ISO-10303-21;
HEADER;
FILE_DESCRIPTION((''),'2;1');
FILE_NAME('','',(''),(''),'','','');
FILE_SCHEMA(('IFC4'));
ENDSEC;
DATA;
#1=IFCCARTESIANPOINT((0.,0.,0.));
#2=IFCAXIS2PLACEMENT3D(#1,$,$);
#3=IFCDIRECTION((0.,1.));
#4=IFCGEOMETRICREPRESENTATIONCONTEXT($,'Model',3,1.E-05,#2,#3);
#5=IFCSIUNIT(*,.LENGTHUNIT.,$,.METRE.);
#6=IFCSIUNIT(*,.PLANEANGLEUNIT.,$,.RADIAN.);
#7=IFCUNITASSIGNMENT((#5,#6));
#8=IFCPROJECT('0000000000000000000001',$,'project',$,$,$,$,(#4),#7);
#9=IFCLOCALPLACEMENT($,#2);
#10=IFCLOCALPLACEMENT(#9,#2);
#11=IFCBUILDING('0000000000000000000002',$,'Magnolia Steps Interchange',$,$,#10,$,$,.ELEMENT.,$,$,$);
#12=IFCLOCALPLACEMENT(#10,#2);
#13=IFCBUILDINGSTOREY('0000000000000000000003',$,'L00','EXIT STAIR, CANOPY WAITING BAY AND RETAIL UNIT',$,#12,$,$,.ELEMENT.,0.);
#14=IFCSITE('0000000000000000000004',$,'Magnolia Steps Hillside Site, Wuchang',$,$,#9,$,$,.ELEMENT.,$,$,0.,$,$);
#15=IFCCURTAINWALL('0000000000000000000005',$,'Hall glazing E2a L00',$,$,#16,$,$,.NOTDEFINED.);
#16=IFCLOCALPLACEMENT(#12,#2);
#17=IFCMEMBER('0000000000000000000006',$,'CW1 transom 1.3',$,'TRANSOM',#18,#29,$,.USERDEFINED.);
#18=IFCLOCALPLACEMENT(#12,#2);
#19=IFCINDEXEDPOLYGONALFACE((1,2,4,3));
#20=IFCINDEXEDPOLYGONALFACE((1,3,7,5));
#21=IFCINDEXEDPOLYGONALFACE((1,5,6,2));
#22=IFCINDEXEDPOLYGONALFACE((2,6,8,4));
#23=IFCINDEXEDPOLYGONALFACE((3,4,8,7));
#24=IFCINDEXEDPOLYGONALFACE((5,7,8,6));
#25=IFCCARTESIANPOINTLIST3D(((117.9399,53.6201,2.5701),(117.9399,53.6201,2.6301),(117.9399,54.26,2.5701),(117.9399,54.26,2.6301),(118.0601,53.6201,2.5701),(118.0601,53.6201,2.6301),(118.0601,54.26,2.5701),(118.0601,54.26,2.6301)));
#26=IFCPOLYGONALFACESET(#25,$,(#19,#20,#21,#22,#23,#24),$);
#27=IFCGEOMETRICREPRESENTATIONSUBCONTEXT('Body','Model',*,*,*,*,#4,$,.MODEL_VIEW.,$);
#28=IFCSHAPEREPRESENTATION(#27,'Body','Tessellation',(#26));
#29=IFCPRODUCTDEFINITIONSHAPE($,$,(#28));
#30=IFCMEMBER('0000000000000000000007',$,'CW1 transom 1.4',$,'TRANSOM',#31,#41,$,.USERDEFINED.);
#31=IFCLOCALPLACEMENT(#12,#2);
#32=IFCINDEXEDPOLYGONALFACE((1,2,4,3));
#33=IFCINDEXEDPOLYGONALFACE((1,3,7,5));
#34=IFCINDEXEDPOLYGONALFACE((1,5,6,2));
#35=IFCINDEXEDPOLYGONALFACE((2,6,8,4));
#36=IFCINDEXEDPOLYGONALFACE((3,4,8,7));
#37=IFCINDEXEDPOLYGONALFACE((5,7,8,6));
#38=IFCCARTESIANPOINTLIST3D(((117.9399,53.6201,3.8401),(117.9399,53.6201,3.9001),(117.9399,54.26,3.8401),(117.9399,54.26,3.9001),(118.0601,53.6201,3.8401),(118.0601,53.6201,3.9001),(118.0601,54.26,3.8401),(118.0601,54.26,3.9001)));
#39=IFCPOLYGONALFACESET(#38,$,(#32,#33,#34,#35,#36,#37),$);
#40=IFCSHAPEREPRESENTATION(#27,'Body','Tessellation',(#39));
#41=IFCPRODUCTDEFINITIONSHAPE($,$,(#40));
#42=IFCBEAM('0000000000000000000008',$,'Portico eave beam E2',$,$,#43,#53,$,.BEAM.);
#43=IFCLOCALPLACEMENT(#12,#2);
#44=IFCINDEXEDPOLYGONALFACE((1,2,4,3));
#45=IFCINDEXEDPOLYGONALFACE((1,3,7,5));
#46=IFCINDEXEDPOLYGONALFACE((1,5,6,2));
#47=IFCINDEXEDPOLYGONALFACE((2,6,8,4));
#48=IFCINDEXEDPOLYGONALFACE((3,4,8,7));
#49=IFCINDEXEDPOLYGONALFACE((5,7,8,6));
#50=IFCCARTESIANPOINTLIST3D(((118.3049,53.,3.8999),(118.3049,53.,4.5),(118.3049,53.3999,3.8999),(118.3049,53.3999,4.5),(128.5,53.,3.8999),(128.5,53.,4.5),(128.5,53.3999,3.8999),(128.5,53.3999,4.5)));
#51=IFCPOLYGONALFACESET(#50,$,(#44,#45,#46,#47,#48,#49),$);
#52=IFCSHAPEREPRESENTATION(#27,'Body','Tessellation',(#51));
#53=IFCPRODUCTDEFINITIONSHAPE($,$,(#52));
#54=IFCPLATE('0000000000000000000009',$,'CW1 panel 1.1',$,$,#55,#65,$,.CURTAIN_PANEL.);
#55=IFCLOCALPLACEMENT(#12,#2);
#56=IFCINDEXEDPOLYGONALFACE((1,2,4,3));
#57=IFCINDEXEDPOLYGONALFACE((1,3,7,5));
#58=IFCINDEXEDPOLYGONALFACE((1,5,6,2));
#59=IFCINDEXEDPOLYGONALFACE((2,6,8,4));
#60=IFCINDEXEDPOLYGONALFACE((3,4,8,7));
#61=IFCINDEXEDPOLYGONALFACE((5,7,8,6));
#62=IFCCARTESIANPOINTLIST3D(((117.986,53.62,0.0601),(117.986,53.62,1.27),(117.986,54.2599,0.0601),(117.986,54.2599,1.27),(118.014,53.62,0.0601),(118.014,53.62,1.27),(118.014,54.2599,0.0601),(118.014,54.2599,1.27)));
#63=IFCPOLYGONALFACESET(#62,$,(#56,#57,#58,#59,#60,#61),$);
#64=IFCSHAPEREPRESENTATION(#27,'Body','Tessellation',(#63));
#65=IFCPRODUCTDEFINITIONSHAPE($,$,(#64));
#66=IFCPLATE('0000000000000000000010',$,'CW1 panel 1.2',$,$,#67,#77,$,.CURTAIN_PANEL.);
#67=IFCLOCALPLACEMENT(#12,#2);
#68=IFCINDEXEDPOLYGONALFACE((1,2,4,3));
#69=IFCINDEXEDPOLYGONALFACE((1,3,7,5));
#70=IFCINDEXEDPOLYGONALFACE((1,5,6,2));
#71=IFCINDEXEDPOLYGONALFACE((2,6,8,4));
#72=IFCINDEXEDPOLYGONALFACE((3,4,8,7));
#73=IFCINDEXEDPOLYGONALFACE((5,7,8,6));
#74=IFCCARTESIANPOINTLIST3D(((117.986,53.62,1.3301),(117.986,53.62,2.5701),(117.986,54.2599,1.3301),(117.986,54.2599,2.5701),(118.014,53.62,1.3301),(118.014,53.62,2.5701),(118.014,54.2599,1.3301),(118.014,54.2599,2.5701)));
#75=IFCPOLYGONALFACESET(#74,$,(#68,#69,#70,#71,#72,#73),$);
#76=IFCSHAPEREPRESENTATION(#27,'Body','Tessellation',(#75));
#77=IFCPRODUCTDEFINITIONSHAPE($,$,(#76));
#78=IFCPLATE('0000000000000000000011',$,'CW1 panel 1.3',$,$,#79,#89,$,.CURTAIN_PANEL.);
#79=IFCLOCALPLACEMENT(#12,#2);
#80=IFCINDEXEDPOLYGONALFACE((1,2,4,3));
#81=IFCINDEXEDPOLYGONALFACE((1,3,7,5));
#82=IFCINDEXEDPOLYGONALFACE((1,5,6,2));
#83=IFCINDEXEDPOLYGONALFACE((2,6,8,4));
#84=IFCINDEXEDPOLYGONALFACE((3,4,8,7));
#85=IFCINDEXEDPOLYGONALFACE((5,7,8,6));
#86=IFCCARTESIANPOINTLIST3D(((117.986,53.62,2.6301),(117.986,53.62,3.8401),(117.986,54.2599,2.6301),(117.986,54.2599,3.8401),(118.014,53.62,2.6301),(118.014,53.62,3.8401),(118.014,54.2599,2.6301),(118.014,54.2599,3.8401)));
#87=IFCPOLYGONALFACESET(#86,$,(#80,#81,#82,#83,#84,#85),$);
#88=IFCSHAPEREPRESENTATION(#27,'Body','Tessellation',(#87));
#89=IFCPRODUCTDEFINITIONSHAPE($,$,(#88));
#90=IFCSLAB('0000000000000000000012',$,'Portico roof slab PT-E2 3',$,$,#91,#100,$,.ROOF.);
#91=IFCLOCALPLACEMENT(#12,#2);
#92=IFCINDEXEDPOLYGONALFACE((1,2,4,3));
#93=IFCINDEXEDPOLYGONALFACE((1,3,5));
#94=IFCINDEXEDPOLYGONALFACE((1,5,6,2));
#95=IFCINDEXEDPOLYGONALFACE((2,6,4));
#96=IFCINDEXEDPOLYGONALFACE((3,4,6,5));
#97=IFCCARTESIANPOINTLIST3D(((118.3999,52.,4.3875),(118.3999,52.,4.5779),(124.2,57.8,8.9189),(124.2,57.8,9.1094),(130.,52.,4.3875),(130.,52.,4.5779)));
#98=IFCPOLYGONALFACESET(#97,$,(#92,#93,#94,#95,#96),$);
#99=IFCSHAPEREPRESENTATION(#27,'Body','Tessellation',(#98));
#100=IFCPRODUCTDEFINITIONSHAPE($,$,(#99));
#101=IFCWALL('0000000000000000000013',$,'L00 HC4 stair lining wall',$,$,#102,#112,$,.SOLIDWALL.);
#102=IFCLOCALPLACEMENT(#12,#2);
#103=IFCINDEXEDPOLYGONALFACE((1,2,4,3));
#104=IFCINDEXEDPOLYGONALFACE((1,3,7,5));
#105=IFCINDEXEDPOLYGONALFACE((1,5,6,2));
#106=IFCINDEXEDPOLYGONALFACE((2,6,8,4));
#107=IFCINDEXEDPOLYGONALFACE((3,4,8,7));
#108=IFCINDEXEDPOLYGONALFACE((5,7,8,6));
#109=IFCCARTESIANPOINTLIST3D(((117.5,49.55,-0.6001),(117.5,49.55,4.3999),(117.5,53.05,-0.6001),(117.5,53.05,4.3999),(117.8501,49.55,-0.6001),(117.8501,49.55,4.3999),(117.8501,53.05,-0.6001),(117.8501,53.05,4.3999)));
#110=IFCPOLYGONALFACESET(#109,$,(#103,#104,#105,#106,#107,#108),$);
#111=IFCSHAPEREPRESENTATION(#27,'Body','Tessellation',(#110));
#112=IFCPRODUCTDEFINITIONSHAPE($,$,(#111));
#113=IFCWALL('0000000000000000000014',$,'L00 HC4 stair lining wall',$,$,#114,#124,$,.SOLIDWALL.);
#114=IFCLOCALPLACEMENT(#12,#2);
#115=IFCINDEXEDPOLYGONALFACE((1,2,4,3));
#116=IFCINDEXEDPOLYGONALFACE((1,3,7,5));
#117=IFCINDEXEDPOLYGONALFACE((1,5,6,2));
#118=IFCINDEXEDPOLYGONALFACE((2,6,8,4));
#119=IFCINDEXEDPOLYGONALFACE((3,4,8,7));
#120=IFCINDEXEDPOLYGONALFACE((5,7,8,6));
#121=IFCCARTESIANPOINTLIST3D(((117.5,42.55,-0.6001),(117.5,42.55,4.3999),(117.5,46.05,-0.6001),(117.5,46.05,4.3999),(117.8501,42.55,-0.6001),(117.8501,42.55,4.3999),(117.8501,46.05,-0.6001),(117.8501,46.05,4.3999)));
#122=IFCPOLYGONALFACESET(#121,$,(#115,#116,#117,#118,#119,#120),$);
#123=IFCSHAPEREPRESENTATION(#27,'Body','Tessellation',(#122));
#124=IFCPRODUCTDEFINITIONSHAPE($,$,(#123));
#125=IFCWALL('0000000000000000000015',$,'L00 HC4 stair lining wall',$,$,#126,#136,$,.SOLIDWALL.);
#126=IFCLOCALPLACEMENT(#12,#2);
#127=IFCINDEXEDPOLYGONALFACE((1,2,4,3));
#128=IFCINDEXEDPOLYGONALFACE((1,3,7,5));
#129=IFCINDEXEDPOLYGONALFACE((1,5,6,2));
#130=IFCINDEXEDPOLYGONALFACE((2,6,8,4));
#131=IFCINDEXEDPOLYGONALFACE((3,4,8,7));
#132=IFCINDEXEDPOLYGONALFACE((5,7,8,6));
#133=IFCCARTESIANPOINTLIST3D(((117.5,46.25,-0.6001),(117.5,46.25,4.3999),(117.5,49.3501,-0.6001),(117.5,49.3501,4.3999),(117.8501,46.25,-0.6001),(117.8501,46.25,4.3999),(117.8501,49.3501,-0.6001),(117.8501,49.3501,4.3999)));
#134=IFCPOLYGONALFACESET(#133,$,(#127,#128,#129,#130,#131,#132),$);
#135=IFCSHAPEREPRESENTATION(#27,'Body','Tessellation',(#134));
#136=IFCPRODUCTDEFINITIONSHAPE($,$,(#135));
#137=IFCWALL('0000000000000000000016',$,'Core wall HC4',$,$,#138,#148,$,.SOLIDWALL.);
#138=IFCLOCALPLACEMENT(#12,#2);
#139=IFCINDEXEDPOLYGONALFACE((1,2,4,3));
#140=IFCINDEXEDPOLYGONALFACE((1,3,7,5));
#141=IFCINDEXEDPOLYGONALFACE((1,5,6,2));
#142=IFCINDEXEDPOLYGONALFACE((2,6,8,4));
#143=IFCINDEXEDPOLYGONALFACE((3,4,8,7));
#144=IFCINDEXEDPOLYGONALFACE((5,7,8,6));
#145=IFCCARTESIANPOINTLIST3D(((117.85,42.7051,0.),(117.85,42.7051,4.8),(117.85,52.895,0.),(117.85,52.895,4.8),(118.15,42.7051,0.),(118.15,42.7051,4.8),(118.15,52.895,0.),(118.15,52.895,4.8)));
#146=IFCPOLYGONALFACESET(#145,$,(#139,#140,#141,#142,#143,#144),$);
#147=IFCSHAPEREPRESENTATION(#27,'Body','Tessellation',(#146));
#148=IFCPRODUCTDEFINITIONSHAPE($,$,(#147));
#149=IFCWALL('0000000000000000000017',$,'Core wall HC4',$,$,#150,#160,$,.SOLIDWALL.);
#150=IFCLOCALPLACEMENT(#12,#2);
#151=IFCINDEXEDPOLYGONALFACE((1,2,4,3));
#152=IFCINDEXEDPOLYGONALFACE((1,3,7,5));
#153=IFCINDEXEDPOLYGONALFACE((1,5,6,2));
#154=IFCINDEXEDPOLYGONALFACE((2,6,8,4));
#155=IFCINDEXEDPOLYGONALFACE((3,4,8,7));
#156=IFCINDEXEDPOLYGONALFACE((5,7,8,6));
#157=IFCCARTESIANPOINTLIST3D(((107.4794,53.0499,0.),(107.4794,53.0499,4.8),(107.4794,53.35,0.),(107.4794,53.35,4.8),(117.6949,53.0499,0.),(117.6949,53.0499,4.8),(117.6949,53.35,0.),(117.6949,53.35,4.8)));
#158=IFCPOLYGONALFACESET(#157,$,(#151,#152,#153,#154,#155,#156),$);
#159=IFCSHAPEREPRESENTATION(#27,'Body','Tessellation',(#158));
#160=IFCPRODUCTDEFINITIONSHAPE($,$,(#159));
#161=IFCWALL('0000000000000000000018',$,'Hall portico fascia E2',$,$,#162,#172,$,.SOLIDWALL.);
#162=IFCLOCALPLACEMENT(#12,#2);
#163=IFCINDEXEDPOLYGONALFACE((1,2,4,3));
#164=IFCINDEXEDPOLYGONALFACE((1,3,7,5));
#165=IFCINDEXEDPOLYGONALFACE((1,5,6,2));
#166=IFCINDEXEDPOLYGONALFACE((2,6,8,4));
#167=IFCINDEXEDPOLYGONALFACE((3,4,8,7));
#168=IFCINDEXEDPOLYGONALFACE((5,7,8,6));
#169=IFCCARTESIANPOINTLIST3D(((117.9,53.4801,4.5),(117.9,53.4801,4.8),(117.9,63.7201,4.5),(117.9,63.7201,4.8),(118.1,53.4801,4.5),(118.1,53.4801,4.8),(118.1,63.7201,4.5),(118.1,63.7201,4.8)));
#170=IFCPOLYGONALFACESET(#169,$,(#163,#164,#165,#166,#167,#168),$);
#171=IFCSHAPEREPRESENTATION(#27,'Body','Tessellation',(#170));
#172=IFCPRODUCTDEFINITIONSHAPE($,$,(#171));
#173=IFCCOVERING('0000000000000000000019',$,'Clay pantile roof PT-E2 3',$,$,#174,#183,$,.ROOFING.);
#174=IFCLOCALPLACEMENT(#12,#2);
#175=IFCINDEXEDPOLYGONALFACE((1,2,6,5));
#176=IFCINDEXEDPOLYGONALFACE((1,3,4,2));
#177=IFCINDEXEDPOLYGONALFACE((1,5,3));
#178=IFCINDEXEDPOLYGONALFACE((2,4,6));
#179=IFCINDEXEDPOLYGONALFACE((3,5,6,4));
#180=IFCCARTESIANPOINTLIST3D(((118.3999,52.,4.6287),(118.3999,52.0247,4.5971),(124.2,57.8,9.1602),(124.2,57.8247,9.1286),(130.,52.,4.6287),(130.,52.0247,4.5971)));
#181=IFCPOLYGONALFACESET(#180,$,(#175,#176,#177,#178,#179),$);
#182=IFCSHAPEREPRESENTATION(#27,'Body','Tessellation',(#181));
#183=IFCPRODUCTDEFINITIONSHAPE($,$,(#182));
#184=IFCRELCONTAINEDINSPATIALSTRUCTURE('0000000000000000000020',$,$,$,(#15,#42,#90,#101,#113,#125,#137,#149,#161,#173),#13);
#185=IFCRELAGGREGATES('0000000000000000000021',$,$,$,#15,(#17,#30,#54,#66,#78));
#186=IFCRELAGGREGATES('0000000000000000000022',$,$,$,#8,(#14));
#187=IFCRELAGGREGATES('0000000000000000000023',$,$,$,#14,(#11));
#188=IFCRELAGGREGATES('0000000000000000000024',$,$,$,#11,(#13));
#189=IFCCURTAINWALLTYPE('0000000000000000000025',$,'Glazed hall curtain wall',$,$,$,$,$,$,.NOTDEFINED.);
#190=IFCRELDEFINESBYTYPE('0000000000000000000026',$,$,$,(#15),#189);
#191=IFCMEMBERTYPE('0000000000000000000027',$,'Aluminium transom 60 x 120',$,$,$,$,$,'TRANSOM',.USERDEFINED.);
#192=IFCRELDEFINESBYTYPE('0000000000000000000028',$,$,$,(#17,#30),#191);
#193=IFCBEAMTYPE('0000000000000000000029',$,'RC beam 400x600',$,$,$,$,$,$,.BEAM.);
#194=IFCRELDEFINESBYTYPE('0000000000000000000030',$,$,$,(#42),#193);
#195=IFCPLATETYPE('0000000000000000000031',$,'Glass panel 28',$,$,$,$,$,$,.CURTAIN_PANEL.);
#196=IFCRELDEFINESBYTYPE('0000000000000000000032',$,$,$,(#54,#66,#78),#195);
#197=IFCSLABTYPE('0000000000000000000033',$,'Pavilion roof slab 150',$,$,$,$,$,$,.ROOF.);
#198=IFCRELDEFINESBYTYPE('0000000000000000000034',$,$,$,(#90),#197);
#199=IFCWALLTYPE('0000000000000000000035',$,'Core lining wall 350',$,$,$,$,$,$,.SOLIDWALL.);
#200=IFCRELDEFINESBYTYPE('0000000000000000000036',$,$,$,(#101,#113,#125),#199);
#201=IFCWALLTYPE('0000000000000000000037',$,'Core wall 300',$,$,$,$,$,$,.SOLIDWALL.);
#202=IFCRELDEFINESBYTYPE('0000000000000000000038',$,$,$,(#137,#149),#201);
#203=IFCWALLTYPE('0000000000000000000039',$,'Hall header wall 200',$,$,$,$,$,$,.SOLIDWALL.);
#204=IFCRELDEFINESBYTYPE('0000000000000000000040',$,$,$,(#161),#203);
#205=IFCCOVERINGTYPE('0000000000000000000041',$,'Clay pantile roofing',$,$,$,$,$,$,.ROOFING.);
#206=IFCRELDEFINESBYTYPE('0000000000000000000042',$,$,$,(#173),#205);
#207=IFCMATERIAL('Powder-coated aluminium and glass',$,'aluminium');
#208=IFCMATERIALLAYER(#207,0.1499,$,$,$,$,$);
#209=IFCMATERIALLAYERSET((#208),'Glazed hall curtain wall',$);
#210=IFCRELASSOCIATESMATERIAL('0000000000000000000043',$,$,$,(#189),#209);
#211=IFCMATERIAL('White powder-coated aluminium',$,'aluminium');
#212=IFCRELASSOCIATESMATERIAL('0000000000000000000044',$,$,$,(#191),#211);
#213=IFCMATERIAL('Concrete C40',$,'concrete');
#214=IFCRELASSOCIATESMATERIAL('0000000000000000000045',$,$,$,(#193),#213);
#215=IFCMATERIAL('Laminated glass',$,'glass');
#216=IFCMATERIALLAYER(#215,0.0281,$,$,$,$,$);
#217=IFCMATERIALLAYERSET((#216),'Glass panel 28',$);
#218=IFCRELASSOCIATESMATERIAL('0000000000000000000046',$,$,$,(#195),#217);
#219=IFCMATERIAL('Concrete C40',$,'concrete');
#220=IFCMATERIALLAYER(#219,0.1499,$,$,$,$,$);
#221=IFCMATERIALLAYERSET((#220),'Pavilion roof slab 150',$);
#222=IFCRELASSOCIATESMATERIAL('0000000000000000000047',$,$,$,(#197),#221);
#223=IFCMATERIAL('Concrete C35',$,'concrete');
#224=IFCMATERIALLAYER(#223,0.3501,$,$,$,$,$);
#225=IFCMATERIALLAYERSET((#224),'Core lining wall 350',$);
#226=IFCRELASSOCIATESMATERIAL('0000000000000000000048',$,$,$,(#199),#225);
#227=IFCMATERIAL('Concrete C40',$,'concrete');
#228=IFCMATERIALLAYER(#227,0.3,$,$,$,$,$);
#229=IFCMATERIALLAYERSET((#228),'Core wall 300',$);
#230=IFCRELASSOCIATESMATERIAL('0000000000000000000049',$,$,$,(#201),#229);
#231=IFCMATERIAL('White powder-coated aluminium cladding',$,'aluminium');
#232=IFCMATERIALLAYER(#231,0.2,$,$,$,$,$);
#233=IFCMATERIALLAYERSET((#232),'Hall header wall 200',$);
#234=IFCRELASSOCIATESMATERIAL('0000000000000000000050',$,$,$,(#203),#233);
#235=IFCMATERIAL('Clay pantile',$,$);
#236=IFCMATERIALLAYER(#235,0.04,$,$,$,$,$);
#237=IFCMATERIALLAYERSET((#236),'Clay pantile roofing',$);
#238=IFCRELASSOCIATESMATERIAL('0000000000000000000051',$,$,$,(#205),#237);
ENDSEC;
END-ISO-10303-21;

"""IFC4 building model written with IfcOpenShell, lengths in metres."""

from ifc_helpers import new_model, si_unit, direction, frame, frame_2d, origin, origin_2d, place, context, subcontext, project, spatial, polyline, rectangle, outline, extrude, material, layer, layer_set, material_profile, profile_set, type_object, element, aggregate, save


model = new_model("IFC4")

# Units and contexts
model_context = context("Model", 3, precision=1e-05, world=origin(), true_north=direction((0.0, 1.0)))
body_context = subcontext(model_context, "Body", "Model", "MODEL_VIEW")
ifc_project = project(units=[si_unit("LENGTHUNIT", "METRE"), si_unit("PLANEANGLEUNIT", "RADIAN")], contexts=[model_context])

# Site, building, storey
site_placement = place(None, origin())
site = spatial("IfcSite", under=ifc_project, at=site_placement, Name="Magnolia Steps Hillside Site, Wuchang", CompositionType="ELEMENT", RefElevation=0.0)
building_placement = place(site_placement, origin())
building = spatial("IfcBuilding", under=site, at=building_placement, Name="Magnolia Steps Interchange", CompositionType="ELEMENT")
storey_placement = place(building_placement, origin())
storey = spatial("IfcBuildingStorey", under=building, at=storey_placement, Name="L00", Description="EXIT STAIR, CANOPY WAITING BAY AND RETAIL UNIT", CompositionType="ELEMENT", Elevation=0.0)

# Curtain wall, members
ifc_material_1 = material(Name="Powder-coated aluminium and glass", Category="aluminium")
ifc_layer_1 = layer(ifc_material_1, 0.1499)
ifc_layer_set_1 = layer_set([ifc_layer_1], Name="Glazed hall curtain wall")
curtain_wall_type = type_object("IfcCurtainWallType", Name="Glazed hall curtain wall", PredefinedType="NOTDEFINED", material=ifc_layer_set_1)
curtain_wall_placement = place(storey_placement, origin())
curtain_wall = element("IfcCurtainWall", 1, at=curtain_wall_placement, inside=storey, type_object=curtain_wall_type, Name="Hall glazing E2a L00", PredefinedType="NOTDEFINED")
ifc_material_2 = material(Name="White powder-coated aluminium", Category="aluminium")
ifc_material_profile_1 = material_profile(ifc_material_2, rectangle(XDim=0.0601, YDim=0.1201, at=origin_2d()), Name="Aluminium transom 60 x 120")
ifc_profile_set_1 = profile_set([ifc_material_profile_1], Name="White powder-coated aluminium")
member_type_1 = type_object("IfcMemberType", Name="Aluminium transom 60 x 120", ElementType="TRANSOM", PredefinedType="USERDEFINED", material=ifc_profile_set_1)
member_1_placement = place(storey_placement, frame((118.0, 53.6201, 2.6001), z_axis=(0.0, 1.0, 0.0), x_axis=(0.0, 0.0, 1.0)))
member_1 = element("IfcMember", 2, at=member_1_placement, type_object=member_type_1, Name="CW1 transom 1.3", ObjectType="TRANSOM", PredefinedType="USERDEFINED", context=body_context, shape_type="SweptSolid", body=[
    extrude(rectangle(XDim=0.0601, YDim=0.1201, at=origin_2d()), origin(), (0.0, 0.0, 1.0), 0.6399),
])
member_2_placement = place(storey_placement, frame((118.0, 53.6201, 3.8701), z_axis=(0.0, 1.0, 0.0), x_axis=(0.0, 0.0, 1.0)))
member_2 = element("IfcMember", 3, at=member_2_placement, type_object=member_type_1, Name="CW1 transom 1.4", ObjectType="TRANSOM", PredefinedType="USERDEFINED", context=body_context, shape_type="SweptSolid", body=[
    extrude(rectangle(XDim=0.0601, YDim=0.1201, at=origin_2d()), origin(), (0.0, 0.0, 1.0), 0.6399),
])

# Beam
ifc_material_3 = material(Name="Concrete C40", Category="concrete")
ifc_material_profile_2 = material_profile(ifc_material_3, rectangle(XDim=0.3999, YDim=0.6001, at=origin_2d()), Name="RC400x600")
ifc_profile_set_2 = profile_set([ifc_material_profile_2], Name="Concrete C40")
beam_type = type_object("IfcBeamType", Name="RC beam 400x600", PredefinedType="BEAM", material=ifc_profile_set_2)
beam_placement = place(storey_placement, frame((118.3049, 53.2, 4.2), z_axis=(1.0, 0.0, 0.0), x_axis=(0.0, 1.0, 0.0)))
element("IfcBeam", 4, at=beam_placement, inside=storey, type_object=beam_type, Name="Portico eave beam E2", PredefinedType="BEAM", context=body_context, shape_type="SweptSolid", body=[
    extrude(rectangle(XDim=0.3999, YDim=0.6001, at=origin_2d()), origin(), (0.0, 0.0, 1.0), 10.1951),
])

# Plates
ifc_material_4 = material(Name="Laminated glass", Category="glass")
ifc_layer_2 = layer(ifc_material_4, 0.0281)
ifc_layer_set_2 = layer_set([ifc_layer_2], Name="Glass panel 28")
plate_type = type_object("IfcPlateType", Name="Glass panel 28", PredefinedType="CURTAIN_PANEL", material=ifc_layer_set_2)
plate_1_placement = place(storey_placement, frame((118.0, 53.9399, 0.0601), z_axis=(0.0, 0.0, 1.0), x_axis=(0.0, 1.0, 0.0)))
plate_1 = element("IfcPlate", 5, at=plate_1_placement, type_object=plate_type, Name="CW1 panel 1.1", PredefinedType="CURTAIN_PANEL", context=body_context, shape_type="SweptSolid", body=[
    extrude(rectangle(XDim=0.6399, YDim=0.0281, at=origin_2d()), origin(), (0.0, 0.0, 1.0), 1.21),
])
plate_2_placement = place(storey_placement, frame((118.0, 53.9399, 1.3301), z_axis=(0.0, 0.0, 1.0), x_axis=(0.0, 1.0, 0.0)))
plate_2 = element("IfcPlate", 6, at=plate_2_placement, type_object=plate_type, Name="CW1 panel 1.2", PredefinedType="CURTAIN_PANEL", context=body_context, shape_type="SweptSolid", body=[
    extrude(rectangle(XDim=0.6399, YDim=0.0281, at=origin_2d()), origin(), (0.0, 0.0, 1.0), 1.24),
])
plate_3_placement = place(storey_placement, frame((118.0, 53.9399, 2.6301), z_axis=(0.0, 0.0, 1.0), x_axis=(0.0, 1.0, 0.0)))
plate_3 = element("IfcPlate", 7, at=plate_3_placement, type_object=plate_type, Name="CW1 panel 1.3", PredefinedType="CURTAIN_PANEL", context=body_context, shape_type="SweptSolid", body=[
    extrude(rectangle(XDim=0.6399, YDim=0.0281, at=origin_2d()), origin(), (0.0, 0.0, 1.0), 1.21),
])
aggregate(curtain_wall, [member_1, member_2, plate_1, plate_2, plate_3])

# Slab
ifc_material_5 = material(Name="Concrete C40", Category="concrete")
ifc_layer_3 = layer(ifc_material_5, 0.1499)
ifc_layer_set_3 = layer_set([ifc_layer_3], Name="Pavilion roof slab 150")
slab_type = type_object("IfcSlabType", Name="Pavilion roof slab 150", PredefinedType="ROOF", material=ifc_layer_set_3)
slab_placement = place(storey_placement, frame((118.3999, 52.0, 4.5779), z_axis=(0.0, -0.615661, 0.788011), x_axis=(1.0, 0.0, 0.0)))
element("IfcSlab", 8, at=slab_placement, inside=storey, type_object=slab_type, Name="Portico roof slab PT-E2 3", PredefinedType="ROOF", context=body_context, shape_type="SweptSolid", body=[
    extrude(outline(polyline([(0.0, 0.0), (11.6001, 0.0), (5.8, 7.3604), (0.0, 0.0)])), origin(), (0.0, -0.615661, -0.788011), 0.1904),
])

# Walls
ifc_material_6 = material(Name="Concrete C35", Category="concrete")
ifc_layer_4 = layer(ifc_material_6, 0.3501)
ifc_layer_set_4 = layer_set([ifc_layer_4], Name="Core lining wall 350")
wall_type_1 = type_object("IfcWallType", Name="Core lining wall 350", PredefinedType="SOLIDWALL", material=ifc_layer_set_4)
for number, where, z_axis, x_axis, name in (
    (9, (117.675, 53.05, -0.6001), (0.0, 0.0, 1.0), (0.0, -1.0, 0.0), "L00 HC4 stair lining wall"),
    (10, (117.675, 46.05, -0.6001), (0.0, 0.0, 1.0), (0.0, -1.0, 0.0), "L00 HC4 stair lining wall"),
):
    element("IfcWall", number, at=place(storey_placement, frame(where, z_axis=z_axis, x_axis=x_axis)), inside=storey, type_object=wall_type_1, Name=name, PredefinedType="SOLIDWALL", context=body_context, shape_type="SweptSolid", body=[
        extrude(rectangle(XDim=3.5, YDim=0.3501, at=frame_2d((1.75, 0.0))), origin(), (0.0, 0.0, 1.0), 5.0),
    ])
wall_1_placement = place(storey_placement, frame((117.675, 49.3501, -0.6001), z_axis=(0.0, 0.0, 1.0), x_axis=(0.0, -1.0, 0.0)))
element("IfcWall", 11, at=wall_1_placement, inside=storey, type_object=wall_type_1, Name="L00 HC4 stair lining wall", PredefinedType="SOLIDWALL", context=body_context, shape_type="SweptSolid", body=[
    extrude(rectangle(XDim=3.1001, YDim=0.3501, at=frame_2d((1.55, 0.0))), origin(), (0.0, 0.0, 1.0), 5.0),
])
ifc_material_7 = material(Name="Concrete C40", Category="concrete")
ifc_layer_5 = layer(ifc_material_7, 0.3)
ifc_layer_set_5 = layer_set([ifc_layer_5], Name="Core wall 300")
wall_type_2 = type_object("IfcWallType", Name="Core wall 300", PredefinedType="SOLIDWALL", material=ifc_layer_set_5)
wall_2_placement = place(storey_placement, frame((118.0, 42.7051, 0.0), z_axis=(0.0, 0.0, 1.0), x_axis=(0.0, 1.0, 0.0)))
element("IfcWall", 12, at=wall_2_placement, inside=storey, type_object=wall_type_2, Name="Core wall HC4", PredefinedType="SOLIDWALL", context=body_context, shape_type="SweptSolid", body=[
    extrude(rectangle(XDim=10.1899, YDim=0.3, at=frame_2d((5.095, 0.0))), origin(), (0.0, 0.0, 1.0), 4.8),
])
wall_3_placement = place(storey_placement, frame((117.6951, 53.2, 0.0), z_axis=(0.0, 0.0, 1.0), x_axis=(-1.0, 0.0, 0.0)))
element("IfcWall", 13, at=wall_3_placement, inside=storey, type_object=wall_type_2, Name="Core wall HC4", PredefinedType="SOLIDWALL", context=body_context, shape_type="SweptSolid", body=[
    extrude(rectangle(XDim=10.2156, YDim=0.3, at=frame_2d((5.1079, 0.0))), origin(), (0.0, 0.0, 1.0), 4.8),
])
ifc_material_8 = material(Name="White powder-coated aluminium cladding", Category="aluminium")
ifc_layer_6 = layer(ifc_material_8, 0.2)
ifc_layer_set_6 = layer_set([ifc_layer_6], Name="Hall header wall 200")
wall_type_3 = type_object("IfcWallType", Name="Hall header wall 200", PredefinedType="SOLIDWALL", material=ifc_layer_set_6)
wall_4_placement = place(storey_placement, frame((118.0, 53.48, 4.5), z_axis=(0.0, 0.0, 1.0), x_axis=(0.0, 1.0, 0.0)))
element("IfcWall", 14, at=wall_4_placement, inside=storey, type_object=wall_type_3, Name="Hall portico fascia E2", PredefinedType="SOLIDWALL", context=body_context, shape_type="SweptSolid", body=[
    extrude(rectangle(XDim=10.24, YDim=0.2, at=frame_2d((5.1201, 0.0))), origin(), (0.0, 0.0, 1.0), 0.3),
])

# Covering
ifc_material_9 = material(Name="Clay pantile")
ifc_layer_7 = layer(ifc_material_9, 0.04)
ifc_layer_set_7 = layer_set([ifc_layer_7], Name="Clay pantile roofing")
covering_type_1 = type_object("IfcCoveringType", Name="Clay pantile roofing", PredefinedType="ROOFING", material=ifc_layer_set_7)
covering_1_placement = place(storey_placement, frame((118.3999, 52.0, 4.6287), z_axis=(0.0, -0.615661, 0.788011), x_axis=(1.0, 0.0, 0.0)))
element("IfcCovering", 15, at=covering_1_placement, inside=storey, type_object=covering_type_1, Name="Clay pantile roof PT-E2 3", PredefinedType="ROOFING", context=body_context, shape_type="SweptSolid", body=[
    extrude(outline(polyline([(0.0, 0.0), (11.6001, 0.0), (5.8, 7.3604), (0.0, 0.0)])), origin(), (0.0, 0.0, -1.0), 0.04),
])

save(model, "model.ifc")
